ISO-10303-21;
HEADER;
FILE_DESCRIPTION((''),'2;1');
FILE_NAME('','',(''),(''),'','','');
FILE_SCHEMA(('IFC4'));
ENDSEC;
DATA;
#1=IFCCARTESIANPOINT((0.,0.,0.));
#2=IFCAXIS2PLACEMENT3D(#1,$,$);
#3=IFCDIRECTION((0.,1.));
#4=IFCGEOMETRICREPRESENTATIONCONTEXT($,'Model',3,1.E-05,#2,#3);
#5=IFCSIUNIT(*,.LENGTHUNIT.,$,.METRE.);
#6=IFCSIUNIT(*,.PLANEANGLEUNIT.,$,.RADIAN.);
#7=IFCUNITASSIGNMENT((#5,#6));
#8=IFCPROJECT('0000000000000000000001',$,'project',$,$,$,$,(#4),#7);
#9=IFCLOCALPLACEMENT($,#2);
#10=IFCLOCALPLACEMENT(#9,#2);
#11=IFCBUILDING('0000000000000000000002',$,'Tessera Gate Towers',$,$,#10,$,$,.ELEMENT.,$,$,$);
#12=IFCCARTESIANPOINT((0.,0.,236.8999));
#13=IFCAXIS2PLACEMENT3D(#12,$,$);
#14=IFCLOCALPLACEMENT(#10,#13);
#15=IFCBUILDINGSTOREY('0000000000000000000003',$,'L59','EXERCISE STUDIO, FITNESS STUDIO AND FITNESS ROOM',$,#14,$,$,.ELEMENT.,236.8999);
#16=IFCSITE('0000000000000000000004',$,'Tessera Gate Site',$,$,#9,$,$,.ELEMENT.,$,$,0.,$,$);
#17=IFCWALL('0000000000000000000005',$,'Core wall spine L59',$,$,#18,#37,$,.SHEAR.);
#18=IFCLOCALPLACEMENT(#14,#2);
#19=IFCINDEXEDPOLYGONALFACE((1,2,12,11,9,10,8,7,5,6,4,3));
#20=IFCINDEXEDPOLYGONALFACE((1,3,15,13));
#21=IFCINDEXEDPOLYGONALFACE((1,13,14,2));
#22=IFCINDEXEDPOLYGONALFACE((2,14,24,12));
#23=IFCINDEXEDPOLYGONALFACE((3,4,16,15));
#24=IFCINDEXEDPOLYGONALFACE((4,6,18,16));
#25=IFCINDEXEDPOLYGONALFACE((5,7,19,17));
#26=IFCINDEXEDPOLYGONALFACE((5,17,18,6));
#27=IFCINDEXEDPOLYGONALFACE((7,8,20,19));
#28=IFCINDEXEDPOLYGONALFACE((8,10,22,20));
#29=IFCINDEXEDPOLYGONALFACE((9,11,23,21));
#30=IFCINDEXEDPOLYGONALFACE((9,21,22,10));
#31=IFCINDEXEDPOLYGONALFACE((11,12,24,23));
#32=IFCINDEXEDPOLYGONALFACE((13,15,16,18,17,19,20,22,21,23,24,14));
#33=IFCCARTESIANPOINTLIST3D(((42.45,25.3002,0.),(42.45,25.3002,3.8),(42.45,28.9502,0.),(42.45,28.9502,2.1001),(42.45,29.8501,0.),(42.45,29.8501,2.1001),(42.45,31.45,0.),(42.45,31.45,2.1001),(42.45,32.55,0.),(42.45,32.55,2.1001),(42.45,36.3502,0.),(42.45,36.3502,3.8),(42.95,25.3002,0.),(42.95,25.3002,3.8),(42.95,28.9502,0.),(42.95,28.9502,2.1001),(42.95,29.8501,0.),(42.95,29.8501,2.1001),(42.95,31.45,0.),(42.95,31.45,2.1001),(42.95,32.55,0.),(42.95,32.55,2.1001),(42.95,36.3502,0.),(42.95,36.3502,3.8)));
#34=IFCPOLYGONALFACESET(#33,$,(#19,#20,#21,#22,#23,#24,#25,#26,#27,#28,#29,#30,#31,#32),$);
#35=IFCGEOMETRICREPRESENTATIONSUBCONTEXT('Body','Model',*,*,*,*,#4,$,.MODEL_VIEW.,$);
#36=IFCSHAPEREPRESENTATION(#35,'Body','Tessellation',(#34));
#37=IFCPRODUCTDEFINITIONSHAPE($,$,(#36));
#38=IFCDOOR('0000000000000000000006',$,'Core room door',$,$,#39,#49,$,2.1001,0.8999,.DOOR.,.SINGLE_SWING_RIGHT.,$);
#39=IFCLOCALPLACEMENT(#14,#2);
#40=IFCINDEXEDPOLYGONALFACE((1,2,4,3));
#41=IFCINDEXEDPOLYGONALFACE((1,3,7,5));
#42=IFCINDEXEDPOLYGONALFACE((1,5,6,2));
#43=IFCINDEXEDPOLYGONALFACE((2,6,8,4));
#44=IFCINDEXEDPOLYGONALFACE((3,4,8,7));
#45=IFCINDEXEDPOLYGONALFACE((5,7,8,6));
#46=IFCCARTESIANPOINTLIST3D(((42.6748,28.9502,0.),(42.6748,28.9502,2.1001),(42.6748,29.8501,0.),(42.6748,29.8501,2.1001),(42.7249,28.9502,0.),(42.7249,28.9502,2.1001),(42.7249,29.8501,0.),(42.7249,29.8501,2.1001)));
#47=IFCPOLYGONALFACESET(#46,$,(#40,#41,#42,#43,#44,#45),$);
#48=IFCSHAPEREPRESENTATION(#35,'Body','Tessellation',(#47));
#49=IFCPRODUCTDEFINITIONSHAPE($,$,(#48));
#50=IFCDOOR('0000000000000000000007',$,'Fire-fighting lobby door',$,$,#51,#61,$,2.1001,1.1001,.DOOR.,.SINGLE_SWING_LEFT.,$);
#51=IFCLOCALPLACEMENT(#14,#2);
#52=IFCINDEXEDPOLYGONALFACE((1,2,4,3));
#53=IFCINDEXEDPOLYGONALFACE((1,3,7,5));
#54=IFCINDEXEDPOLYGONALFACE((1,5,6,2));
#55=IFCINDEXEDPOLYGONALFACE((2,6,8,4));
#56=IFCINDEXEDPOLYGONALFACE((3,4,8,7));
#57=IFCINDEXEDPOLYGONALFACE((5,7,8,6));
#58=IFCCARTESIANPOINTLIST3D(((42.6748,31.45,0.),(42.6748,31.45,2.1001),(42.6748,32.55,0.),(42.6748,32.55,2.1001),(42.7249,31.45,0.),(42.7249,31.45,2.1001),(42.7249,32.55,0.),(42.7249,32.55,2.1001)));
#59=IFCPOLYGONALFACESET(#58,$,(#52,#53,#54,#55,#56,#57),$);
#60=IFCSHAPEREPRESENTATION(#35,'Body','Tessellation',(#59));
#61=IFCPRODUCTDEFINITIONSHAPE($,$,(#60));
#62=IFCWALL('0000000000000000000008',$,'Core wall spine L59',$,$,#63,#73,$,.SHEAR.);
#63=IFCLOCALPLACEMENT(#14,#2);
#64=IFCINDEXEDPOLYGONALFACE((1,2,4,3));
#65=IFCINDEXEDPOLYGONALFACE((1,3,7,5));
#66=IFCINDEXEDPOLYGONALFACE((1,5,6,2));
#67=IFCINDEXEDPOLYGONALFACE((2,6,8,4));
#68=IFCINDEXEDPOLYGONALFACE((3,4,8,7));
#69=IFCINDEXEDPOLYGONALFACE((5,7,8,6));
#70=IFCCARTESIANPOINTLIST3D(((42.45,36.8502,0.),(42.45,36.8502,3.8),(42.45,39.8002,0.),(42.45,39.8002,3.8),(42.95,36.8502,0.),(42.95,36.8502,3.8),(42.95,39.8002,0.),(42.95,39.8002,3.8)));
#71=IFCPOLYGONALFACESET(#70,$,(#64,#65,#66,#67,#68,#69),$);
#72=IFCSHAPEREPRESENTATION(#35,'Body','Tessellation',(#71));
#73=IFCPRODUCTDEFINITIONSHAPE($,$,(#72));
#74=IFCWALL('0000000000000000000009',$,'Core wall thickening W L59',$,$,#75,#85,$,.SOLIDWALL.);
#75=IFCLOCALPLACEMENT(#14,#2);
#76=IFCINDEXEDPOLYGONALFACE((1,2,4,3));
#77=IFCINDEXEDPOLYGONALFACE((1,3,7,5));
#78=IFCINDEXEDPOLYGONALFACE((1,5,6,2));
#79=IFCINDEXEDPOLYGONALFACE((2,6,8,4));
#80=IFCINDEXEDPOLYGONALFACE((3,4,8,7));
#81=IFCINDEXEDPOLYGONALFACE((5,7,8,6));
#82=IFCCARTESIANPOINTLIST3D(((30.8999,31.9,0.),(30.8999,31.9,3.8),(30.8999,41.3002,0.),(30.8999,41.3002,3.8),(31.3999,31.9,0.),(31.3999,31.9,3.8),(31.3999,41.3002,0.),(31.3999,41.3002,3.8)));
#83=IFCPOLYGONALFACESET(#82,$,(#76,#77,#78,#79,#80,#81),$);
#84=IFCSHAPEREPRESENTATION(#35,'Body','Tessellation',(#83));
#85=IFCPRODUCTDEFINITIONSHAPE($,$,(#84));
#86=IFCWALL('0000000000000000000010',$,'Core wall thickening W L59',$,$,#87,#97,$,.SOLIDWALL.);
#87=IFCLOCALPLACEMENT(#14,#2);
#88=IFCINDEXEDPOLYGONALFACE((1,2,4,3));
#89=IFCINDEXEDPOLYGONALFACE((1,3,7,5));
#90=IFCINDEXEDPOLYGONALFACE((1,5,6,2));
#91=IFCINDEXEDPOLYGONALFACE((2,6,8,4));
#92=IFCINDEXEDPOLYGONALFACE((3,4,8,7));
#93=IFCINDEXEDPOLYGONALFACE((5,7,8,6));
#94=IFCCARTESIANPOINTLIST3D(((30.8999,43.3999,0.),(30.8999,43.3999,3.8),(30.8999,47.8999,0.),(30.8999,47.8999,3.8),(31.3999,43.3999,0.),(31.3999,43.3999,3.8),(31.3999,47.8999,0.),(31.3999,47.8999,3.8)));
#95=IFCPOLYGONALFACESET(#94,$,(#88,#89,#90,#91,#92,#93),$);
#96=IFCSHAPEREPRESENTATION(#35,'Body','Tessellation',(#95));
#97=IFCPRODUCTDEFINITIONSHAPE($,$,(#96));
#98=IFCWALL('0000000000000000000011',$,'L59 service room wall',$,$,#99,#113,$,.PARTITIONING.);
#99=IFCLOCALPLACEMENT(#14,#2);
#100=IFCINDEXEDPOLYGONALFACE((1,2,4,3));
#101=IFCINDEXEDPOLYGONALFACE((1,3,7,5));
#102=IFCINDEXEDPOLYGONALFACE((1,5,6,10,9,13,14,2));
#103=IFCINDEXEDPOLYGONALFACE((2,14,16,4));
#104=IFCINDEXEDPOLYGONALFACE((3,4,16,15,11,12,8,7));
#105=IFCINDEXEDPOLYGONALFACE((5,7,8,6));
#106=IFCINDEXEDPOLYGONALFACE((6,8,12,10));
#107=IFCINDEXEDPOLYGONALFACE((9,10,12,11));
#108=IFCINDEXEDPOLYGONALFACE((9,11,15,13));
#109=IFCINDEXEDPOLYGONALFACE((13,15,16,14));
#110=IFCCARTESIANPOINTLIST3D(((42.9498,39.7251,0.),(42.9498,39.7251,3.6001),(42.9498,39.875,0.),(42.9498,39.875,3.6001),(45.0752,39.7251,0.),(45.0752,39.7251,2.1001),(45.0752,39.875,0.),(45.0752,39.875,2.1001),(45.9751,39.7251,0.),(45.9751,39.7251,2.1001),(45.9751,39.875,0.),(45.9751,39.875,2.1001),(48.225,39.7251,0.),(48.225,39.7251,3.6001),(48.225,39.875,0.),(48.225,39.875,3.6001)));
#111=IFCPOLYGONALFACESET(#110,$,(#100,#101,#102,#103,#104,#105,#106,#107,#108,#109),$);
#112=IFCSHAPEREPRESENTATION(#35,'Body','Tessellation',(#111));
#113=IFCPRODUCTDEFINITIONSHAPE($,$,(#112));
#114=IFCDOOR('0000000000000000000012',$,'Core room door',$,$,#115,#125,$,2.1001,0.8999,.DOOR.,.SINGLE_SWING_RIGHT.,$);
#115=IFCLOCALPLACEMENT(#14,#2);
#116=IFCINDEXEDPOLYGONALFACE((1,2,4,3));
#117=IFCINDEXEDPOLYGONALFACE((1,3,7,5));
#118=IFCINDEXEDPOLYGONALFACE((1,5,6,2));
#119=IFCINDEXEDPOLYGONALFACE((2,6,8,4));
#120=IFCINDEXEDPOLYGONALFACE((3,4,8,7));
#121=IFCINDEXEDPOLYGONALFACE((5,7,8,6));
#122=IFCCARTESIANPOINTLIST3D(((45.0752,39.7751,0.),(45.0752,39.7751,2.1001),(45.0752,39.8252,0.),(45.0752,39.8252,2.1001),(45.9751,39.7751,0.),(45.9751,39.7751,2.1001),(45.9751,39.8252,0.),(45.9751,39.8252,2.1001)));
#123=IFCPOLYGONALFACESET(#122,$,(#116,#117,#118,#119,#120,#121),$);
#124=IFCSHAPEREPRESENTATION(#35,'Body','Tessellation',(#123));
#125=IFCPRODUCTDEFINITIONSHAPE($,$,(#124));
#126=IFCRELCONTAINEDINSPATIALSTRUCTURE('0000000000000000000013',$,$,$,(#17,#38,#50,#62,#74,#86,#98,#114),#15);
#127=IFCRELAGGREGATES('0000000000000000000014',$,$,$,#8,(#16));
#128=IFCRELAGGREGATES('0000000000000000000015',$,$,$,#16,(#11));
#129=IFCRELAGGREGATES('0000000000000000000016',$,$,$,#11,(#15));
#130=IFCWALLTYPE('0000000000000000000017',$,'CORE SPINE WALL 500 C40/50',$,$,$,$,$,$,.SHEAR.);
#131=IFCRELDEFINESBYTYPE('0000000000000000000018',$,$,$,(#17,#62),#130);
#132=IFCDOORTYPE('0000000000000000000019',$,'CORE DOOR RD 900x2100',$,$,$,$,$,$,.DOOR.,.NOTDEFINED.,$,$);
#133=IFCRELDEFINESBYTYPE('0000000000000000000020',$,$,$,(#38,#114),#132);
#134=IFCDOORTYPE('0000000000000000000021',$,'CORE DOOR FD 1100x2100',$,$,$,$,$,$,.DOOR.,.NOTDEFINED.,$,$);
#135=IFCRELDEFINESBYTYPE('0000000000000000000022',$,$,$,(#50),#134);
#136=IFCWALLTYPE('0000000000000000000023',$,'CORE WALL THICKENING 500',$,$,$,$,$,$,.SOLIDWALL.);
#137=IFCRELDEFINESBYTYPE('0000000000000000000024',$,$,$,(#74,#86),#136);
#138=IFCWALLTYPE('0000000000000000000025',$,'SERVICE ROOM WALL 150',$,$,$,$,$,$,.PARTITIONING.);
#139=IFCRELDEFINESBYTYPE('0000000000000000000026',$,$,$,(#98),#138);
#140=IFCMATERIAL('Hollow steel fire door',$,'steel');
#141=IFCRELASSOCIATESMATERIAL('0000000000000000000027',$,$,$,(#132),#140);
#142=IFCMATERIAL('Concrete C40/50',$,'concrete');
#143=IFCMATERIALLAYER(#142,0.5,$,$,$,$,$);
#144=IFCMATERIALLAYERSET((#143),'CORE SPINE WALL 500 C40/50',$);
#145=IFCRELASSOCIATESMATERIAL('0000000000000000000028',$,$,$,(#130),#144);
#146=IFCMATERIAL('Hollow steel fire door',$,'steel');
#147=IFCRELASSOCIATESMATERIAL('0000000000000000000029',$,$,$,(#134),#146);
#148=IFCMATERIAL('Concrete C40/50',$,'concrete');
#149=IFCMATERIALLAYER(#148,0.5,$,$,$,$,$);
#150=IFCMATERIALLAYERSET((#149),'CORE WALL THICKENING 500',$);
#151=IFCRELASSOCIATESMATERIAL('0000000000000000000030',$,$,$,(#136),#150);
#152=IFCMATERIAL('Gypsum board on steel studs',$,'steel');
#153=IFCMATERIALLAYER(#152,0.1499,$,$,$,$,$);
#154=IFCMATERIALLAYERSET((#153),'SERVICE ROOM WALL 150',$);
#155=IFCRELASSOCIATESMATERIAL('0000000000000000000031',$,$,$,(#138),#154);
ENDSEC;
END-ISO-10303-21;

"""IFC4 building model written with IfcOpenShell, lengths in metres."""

from ifc_helpers import new_model, si_unit, direction, frame, frame_2d, origin, place, context, subcontext, project, spatial, rectangle, extrude, source, transform, mapped, material, layer, layer_set, type_object, element, fill, save


model = new_model("IFC4")

# Units and contexts
model_context = context("Model", 3, precision=1e-05, world=origin(), true_north=direction((0.0, 1.0)))
body_context = subcontext(model_context, "Body", "Model", "MODEL_VIEW")
ifc_project = project(units=[si_unit("LENGTHUNIT", "METRE"), si_unit("PLANEANGLEUNIT", "RADIAN")], contexts=[model_context])

# Site, building, storey
site_placement = place(None, origin())
site = spatial("IfcSite", under=ifc_project, at=site_placement, Name="Tessera Gate Site", CompositionType="ELEMENT", RefElevation=0.0)
building_placement = place(site_placement, origin())
building = spatial("IfcBuilding", under=site, at=building_placement, Name="Tessera Gate Towers", CompositionType="ELEMENT")
storey_placement = place(building_placement, frame((0.0, 0.0, 236.8999)))
storey = spatial("IfcBuildingStorey", under=building, at=storey_placement, Name="L59", Description="EXERCISE STUDIO, FITNESS STUDIO AND FITNESS ROOM", CompositionType="ELEMENT", Elevation=236.8999)

# Shared definitions
shared_shape_1 = source(origin(), body_context, "Body", "SweptSolid", [
    extrude(rectangle(XDim=1.1001, YDim=2.1001, at=frame_2d((0.55, 1.05))), frame((0.0, 0.0249, 0.0), z_axis=(0.0, -1.0, 0.0), x_axis=(1.0, 0.0, 0.0)), (0.0, 0.0, 1.0), 0.05),
])

# Shared definitions
ifc_material_1 = material(Name="Hollow steel fire door", Category="steel")
door_type_1 = type_object("IfcDoorType", Name="CORE DOOR RD 900x2100", OperationType="NOTDEFINED", PredefinedType="DOOR", material=ifc_material_1)
shared_shape_2 = source(origin(), body_context, "Body", "SweptSolid", [
    extrude(rectangle(XDim=0.8999, YDim=2.1001, at=frame_2d((0.45, 1.05))), frame((0.0, 0.0249, 0.0), z_axis=(0.0, -1.0, 0.0), x_axis=(1.0, 0.0, 0.0)), (0.0, 0.0, 1.0), 0.05),
])

# Shared definitions
ifc_material_2 = material(Name="Concrete C40/50", Category="concrete")
ifc_layer_1 = layer(ifc_material_2, 0.5)
ifc_layer_set_1 = layer_set([ifc_layer_1], Name="CORE SPINE WALL 500 C40/50")
wall_type_1 = type_object("IfcWallType", Name="CORE SPINE WALL 500 C40/50", PredefinedType="SHEAR", material=ifc_layer_set_1)

# Wall, openings, doors
wall_1_placement = place(storey_placement, frame((42.7, 36.3501, 0.0), z_axis=(0.0, 0.0, 1.0), x_axis=(0.0, -1.0, 0.0)))
wall_1 = element("IfcWall", 1, at=wall_1_placement, inside=storey, type_object=wall_type_1, Name="Core wall spine L59", PredefinedType="SHEAR", context=body_context, shape_type="SweptSolid", body=[
    extrude(rectangle(XDim=11.05, YDim=0.5, at=frame_2d((5.5249, 0.0))), origin(), (0.0, 0.0, 1.0), 3.8),
])
shared_shape_3 = source(origin(), body_context, "Body", "SweptSolid", [
    extrude(rectangle(XDim=0.8999, YDim=2.1001, at=frame_2d((0.45, 1.05))), frame((0.0, 0.26, 0.0), z_axis=(0.0, -1.0, 0.0), x_axis=(1.0, 0.0, 0.0)), (0.0, 0.0, 1.0), 0.52),
])
opening_1_placement = place(wall_1_placement, frame((6.5, 0.0, 0.0)))
opening_1 = element("IfcOpeningElement", 2, at=opening_1_placement, cuts=wall_1, PredefinedType="OPENING", context=body_context, shape_type="MappedRepresentation", body=[
    mapped(shared_shape_3, transform((0.0, 0.0, 0.0), scale=1.0)),
])
shared_shape_4 = source(origin(), body_context, "Body", "SweptSolid", [
    extrude(rectangle(XDim=1.1001, YDim=2.1001, at=frame_2d((0.55, 1.05))), frame((0.0, 0.26, 0.0), z_axis=(0.0, -1.0, 0.0), x_axis=(1.0, 0.0, 0.0)), (0.0, 0.0, 1.0), 0.52),
])
opening_2_placement = place(wall_1_placement, frame((3.8, 0.0, 0.0)))
opening_2 = element("IfcOpeningElement", 3, at=opening_2_placement, cuts=wall_1, PredefinedType="OPENING", context=body_context, shape_type="MappedRepresentation", body=[
    mapped(shared_shape_4, transform((0.0, 0.0, 0.0), scale=1.0)),
])
door_1_placement = place(opening_1_placement, origin())
door_1 = element("IfcDoor", 4, at=door_1_placement, inside=storey, type_object=door_type_1, Name="Core room door", OperationType="SINGLE_SWING_RIGHT", OverallHeight=2.1001, OverallWidth=0.8999, PredefinedType="DOOR", context=body_context, shape_type="MappedRepresentation", body=[
    mapped(shared_shape_2, transform((0.0, 0.0, 0.0), scale=1.0)),
])
fill(opening_1, door_1)
ifc_material_3 = material(Name="Hollow steel fire door", Category="steel")
door_type_2 = type_object("IfcDoorType", Name="CORE DOOR FD 1100x2100", OperationType="NOTDEFINED", PredefinedType="DOOR", material=ifc_material_3)
door_2_placement = place(opening_2_placement, origin())
door_2 = element("IfcDoor", 5, at=door_2_placement, inside=storey, type_object=door_type_2, Name="Fire-fighting lobby door", OperationType="SINGLE_SWING_LEFT", OverallHeight=2.1001, OverallWidth=1.1001, PredefinedType="DOOR", context=body_context, shape_type="MappedRepresentation", body=[
    mapped(shared_shape_1, transform((0.0, 0.0, 0.0), scale=1.0)),
])
fill(opening_2, door_2)

# Walls
wall_2_placement = place(storey_placement, frame((42.7, 36.8501, 0.0), z_axis=(0.0, 0.0, 1.0), x_axis=(0.0, 1.0, 0.0)))
element("IfcWall", 6, at=wall_2_placement, inside=storey, type_object=wall_type_1, Name="Core wall spine L59", PredefinedType="SHEAR", context=body_context, shape_type="SweptSolid", body=[
    extrude(rectangle(XDim=2.95, YDim=0.5, at=frame_2d((1.4751, 0.0))), origin(), (0.0, 0.0, 1.0), 3.8),
])
ifc_material_4 = material(Name="Concrete C40/50", Category="concrete")
ifc_layer_2 = layer(ifc_material_4, 0.5)
ifc_layer_set_2 = layer_set([ifc_layer_2], Name="CORE WALL THICKENING 500")
wall_type_2 = type_object("IfcWallType", Name="CORE WALL THICKENING 500", PredefinedType="SOLIDWALL", material=ifc_layer_set_2)
wall_3_placement = place(storey_placement, frame((31.1499, 31.8999, 0.0), z_axis=(0.0, 0.0, 1.0), x_axis=(0.0, 1.0, 0.0)))
element("IfcWall", 7, at=wall_3_placement, inside=storey, type_object=wall_type_2, Name="Core wall thickening W L59", PredefinedType="SOLIDWALL", context=body_context, shape_type="SweptSolid", body=[
    extrude(rectangle(XDim=9.4001, YDim=0.5, at=frame_2d((4.7002, 0.0))), origin(), (0.0, 0.0, 1.0), 3.8),
])
wall_4_placement = place(storey_placement, frame((31.1499, 43.3999, 0.0), z_axis=(0.0, 0.0, 1.0), x_axis=(0.0, 1.0, 0.0)))
element("IfcWall", 8, at=wall_4_placement, inside=storey, type_object=wall_type_2, Name="Core wall thickening W L59", PredefinedType="SOLIDWALL", context=body_context, shape_type="SweptSolid", body=[
    extrude(rectangle(XDim=4.5, YDim=0.5, at=frame_2d((2.25, 0.0))), origin(), (0.0, 0.0, 1.0), 3.8),
])

# Wall, opening, door
ifc_material_5 = material(Name="Gypsum board on steel studs", Category="steel")
ifc_layer_3 = layer(ifc_material_5, 0.1499)
ifc_layer_set_3 = layer_set([ifc_layer_3], Name="SERVICE ROOM WALL 150")
wall_type_3 = type_object("IfcWallType", Name="SERVICE ROOM WALL 150", PredefinedType="PARTITIONING", material=ifc_layer_set_3)
wall_5_placement = place(storey_placement, frame((48.2251, 39.8, 0.0), z_axis=(0.0, 0.0, 1.0), x_axis=(-1.0, 0.0, 0.0)))
wall_5 = element("IfcWall", 9, at=wall_5_placement, inside=storey, type_object=wall_type_3, Name="L59 service room wall", PredefinedType="PARTITIONING", context=body_context, shape_type="SweptSolid", body=[
    extrude(rectangle(XDim=5.2751, YDim=0.1499, at=frame_2d((2.6377, 0.0))), origin(), (0.0, 0.0, 1.0), 3.6001),
])
shared_shape_5 = source(origin(), body_context, "Body", "SweptSolid", [
    extrude(rectangle(XDim=0.8999, YDim=2.1001, at=frame_2d((0.45, 1.05))), frame((0.0, 0.085, 0.0), z_axis=(0.0, -1.0, 0.0), x_axis=(1.0, 0.0, 0.0)), (0.0, 0.0, 1.0), 0.1699),
])
opening_3_placement = place(wall_5_placement, frame((2.25, 0.0, 0.0)))
opening_3 = element("IfcOpeningElement", 10, at=opening_3_placement, cuts=wall_5, PredefinedType="OPENING", context=body_context, shape_type="MappedRepresentation", body=[
    mapped(shared_shape_5, transform((0.0, 0.0, 0.0), scale=1.0)),
])
door_3_placement = place(opening_3_placement, origin())
door_3 = element("IfcDoor", 11, at=door_3_placement, inside=storey, type_object=door_type_1, Name="Core room door", OperationType="SINGLE_SWING_RIGHT", OverallHeight=2.1001, OverallWidth=0.8999, PredefinedType="DOOR", context=body_context, shape_type="MappedRepresentation", body=[
    mapped(shared_shape_2, transform((0.0, 0.0, 0.0), scale=1.0)),
])
fill(opening_3, door_3)

save(model, "model.ifc")
